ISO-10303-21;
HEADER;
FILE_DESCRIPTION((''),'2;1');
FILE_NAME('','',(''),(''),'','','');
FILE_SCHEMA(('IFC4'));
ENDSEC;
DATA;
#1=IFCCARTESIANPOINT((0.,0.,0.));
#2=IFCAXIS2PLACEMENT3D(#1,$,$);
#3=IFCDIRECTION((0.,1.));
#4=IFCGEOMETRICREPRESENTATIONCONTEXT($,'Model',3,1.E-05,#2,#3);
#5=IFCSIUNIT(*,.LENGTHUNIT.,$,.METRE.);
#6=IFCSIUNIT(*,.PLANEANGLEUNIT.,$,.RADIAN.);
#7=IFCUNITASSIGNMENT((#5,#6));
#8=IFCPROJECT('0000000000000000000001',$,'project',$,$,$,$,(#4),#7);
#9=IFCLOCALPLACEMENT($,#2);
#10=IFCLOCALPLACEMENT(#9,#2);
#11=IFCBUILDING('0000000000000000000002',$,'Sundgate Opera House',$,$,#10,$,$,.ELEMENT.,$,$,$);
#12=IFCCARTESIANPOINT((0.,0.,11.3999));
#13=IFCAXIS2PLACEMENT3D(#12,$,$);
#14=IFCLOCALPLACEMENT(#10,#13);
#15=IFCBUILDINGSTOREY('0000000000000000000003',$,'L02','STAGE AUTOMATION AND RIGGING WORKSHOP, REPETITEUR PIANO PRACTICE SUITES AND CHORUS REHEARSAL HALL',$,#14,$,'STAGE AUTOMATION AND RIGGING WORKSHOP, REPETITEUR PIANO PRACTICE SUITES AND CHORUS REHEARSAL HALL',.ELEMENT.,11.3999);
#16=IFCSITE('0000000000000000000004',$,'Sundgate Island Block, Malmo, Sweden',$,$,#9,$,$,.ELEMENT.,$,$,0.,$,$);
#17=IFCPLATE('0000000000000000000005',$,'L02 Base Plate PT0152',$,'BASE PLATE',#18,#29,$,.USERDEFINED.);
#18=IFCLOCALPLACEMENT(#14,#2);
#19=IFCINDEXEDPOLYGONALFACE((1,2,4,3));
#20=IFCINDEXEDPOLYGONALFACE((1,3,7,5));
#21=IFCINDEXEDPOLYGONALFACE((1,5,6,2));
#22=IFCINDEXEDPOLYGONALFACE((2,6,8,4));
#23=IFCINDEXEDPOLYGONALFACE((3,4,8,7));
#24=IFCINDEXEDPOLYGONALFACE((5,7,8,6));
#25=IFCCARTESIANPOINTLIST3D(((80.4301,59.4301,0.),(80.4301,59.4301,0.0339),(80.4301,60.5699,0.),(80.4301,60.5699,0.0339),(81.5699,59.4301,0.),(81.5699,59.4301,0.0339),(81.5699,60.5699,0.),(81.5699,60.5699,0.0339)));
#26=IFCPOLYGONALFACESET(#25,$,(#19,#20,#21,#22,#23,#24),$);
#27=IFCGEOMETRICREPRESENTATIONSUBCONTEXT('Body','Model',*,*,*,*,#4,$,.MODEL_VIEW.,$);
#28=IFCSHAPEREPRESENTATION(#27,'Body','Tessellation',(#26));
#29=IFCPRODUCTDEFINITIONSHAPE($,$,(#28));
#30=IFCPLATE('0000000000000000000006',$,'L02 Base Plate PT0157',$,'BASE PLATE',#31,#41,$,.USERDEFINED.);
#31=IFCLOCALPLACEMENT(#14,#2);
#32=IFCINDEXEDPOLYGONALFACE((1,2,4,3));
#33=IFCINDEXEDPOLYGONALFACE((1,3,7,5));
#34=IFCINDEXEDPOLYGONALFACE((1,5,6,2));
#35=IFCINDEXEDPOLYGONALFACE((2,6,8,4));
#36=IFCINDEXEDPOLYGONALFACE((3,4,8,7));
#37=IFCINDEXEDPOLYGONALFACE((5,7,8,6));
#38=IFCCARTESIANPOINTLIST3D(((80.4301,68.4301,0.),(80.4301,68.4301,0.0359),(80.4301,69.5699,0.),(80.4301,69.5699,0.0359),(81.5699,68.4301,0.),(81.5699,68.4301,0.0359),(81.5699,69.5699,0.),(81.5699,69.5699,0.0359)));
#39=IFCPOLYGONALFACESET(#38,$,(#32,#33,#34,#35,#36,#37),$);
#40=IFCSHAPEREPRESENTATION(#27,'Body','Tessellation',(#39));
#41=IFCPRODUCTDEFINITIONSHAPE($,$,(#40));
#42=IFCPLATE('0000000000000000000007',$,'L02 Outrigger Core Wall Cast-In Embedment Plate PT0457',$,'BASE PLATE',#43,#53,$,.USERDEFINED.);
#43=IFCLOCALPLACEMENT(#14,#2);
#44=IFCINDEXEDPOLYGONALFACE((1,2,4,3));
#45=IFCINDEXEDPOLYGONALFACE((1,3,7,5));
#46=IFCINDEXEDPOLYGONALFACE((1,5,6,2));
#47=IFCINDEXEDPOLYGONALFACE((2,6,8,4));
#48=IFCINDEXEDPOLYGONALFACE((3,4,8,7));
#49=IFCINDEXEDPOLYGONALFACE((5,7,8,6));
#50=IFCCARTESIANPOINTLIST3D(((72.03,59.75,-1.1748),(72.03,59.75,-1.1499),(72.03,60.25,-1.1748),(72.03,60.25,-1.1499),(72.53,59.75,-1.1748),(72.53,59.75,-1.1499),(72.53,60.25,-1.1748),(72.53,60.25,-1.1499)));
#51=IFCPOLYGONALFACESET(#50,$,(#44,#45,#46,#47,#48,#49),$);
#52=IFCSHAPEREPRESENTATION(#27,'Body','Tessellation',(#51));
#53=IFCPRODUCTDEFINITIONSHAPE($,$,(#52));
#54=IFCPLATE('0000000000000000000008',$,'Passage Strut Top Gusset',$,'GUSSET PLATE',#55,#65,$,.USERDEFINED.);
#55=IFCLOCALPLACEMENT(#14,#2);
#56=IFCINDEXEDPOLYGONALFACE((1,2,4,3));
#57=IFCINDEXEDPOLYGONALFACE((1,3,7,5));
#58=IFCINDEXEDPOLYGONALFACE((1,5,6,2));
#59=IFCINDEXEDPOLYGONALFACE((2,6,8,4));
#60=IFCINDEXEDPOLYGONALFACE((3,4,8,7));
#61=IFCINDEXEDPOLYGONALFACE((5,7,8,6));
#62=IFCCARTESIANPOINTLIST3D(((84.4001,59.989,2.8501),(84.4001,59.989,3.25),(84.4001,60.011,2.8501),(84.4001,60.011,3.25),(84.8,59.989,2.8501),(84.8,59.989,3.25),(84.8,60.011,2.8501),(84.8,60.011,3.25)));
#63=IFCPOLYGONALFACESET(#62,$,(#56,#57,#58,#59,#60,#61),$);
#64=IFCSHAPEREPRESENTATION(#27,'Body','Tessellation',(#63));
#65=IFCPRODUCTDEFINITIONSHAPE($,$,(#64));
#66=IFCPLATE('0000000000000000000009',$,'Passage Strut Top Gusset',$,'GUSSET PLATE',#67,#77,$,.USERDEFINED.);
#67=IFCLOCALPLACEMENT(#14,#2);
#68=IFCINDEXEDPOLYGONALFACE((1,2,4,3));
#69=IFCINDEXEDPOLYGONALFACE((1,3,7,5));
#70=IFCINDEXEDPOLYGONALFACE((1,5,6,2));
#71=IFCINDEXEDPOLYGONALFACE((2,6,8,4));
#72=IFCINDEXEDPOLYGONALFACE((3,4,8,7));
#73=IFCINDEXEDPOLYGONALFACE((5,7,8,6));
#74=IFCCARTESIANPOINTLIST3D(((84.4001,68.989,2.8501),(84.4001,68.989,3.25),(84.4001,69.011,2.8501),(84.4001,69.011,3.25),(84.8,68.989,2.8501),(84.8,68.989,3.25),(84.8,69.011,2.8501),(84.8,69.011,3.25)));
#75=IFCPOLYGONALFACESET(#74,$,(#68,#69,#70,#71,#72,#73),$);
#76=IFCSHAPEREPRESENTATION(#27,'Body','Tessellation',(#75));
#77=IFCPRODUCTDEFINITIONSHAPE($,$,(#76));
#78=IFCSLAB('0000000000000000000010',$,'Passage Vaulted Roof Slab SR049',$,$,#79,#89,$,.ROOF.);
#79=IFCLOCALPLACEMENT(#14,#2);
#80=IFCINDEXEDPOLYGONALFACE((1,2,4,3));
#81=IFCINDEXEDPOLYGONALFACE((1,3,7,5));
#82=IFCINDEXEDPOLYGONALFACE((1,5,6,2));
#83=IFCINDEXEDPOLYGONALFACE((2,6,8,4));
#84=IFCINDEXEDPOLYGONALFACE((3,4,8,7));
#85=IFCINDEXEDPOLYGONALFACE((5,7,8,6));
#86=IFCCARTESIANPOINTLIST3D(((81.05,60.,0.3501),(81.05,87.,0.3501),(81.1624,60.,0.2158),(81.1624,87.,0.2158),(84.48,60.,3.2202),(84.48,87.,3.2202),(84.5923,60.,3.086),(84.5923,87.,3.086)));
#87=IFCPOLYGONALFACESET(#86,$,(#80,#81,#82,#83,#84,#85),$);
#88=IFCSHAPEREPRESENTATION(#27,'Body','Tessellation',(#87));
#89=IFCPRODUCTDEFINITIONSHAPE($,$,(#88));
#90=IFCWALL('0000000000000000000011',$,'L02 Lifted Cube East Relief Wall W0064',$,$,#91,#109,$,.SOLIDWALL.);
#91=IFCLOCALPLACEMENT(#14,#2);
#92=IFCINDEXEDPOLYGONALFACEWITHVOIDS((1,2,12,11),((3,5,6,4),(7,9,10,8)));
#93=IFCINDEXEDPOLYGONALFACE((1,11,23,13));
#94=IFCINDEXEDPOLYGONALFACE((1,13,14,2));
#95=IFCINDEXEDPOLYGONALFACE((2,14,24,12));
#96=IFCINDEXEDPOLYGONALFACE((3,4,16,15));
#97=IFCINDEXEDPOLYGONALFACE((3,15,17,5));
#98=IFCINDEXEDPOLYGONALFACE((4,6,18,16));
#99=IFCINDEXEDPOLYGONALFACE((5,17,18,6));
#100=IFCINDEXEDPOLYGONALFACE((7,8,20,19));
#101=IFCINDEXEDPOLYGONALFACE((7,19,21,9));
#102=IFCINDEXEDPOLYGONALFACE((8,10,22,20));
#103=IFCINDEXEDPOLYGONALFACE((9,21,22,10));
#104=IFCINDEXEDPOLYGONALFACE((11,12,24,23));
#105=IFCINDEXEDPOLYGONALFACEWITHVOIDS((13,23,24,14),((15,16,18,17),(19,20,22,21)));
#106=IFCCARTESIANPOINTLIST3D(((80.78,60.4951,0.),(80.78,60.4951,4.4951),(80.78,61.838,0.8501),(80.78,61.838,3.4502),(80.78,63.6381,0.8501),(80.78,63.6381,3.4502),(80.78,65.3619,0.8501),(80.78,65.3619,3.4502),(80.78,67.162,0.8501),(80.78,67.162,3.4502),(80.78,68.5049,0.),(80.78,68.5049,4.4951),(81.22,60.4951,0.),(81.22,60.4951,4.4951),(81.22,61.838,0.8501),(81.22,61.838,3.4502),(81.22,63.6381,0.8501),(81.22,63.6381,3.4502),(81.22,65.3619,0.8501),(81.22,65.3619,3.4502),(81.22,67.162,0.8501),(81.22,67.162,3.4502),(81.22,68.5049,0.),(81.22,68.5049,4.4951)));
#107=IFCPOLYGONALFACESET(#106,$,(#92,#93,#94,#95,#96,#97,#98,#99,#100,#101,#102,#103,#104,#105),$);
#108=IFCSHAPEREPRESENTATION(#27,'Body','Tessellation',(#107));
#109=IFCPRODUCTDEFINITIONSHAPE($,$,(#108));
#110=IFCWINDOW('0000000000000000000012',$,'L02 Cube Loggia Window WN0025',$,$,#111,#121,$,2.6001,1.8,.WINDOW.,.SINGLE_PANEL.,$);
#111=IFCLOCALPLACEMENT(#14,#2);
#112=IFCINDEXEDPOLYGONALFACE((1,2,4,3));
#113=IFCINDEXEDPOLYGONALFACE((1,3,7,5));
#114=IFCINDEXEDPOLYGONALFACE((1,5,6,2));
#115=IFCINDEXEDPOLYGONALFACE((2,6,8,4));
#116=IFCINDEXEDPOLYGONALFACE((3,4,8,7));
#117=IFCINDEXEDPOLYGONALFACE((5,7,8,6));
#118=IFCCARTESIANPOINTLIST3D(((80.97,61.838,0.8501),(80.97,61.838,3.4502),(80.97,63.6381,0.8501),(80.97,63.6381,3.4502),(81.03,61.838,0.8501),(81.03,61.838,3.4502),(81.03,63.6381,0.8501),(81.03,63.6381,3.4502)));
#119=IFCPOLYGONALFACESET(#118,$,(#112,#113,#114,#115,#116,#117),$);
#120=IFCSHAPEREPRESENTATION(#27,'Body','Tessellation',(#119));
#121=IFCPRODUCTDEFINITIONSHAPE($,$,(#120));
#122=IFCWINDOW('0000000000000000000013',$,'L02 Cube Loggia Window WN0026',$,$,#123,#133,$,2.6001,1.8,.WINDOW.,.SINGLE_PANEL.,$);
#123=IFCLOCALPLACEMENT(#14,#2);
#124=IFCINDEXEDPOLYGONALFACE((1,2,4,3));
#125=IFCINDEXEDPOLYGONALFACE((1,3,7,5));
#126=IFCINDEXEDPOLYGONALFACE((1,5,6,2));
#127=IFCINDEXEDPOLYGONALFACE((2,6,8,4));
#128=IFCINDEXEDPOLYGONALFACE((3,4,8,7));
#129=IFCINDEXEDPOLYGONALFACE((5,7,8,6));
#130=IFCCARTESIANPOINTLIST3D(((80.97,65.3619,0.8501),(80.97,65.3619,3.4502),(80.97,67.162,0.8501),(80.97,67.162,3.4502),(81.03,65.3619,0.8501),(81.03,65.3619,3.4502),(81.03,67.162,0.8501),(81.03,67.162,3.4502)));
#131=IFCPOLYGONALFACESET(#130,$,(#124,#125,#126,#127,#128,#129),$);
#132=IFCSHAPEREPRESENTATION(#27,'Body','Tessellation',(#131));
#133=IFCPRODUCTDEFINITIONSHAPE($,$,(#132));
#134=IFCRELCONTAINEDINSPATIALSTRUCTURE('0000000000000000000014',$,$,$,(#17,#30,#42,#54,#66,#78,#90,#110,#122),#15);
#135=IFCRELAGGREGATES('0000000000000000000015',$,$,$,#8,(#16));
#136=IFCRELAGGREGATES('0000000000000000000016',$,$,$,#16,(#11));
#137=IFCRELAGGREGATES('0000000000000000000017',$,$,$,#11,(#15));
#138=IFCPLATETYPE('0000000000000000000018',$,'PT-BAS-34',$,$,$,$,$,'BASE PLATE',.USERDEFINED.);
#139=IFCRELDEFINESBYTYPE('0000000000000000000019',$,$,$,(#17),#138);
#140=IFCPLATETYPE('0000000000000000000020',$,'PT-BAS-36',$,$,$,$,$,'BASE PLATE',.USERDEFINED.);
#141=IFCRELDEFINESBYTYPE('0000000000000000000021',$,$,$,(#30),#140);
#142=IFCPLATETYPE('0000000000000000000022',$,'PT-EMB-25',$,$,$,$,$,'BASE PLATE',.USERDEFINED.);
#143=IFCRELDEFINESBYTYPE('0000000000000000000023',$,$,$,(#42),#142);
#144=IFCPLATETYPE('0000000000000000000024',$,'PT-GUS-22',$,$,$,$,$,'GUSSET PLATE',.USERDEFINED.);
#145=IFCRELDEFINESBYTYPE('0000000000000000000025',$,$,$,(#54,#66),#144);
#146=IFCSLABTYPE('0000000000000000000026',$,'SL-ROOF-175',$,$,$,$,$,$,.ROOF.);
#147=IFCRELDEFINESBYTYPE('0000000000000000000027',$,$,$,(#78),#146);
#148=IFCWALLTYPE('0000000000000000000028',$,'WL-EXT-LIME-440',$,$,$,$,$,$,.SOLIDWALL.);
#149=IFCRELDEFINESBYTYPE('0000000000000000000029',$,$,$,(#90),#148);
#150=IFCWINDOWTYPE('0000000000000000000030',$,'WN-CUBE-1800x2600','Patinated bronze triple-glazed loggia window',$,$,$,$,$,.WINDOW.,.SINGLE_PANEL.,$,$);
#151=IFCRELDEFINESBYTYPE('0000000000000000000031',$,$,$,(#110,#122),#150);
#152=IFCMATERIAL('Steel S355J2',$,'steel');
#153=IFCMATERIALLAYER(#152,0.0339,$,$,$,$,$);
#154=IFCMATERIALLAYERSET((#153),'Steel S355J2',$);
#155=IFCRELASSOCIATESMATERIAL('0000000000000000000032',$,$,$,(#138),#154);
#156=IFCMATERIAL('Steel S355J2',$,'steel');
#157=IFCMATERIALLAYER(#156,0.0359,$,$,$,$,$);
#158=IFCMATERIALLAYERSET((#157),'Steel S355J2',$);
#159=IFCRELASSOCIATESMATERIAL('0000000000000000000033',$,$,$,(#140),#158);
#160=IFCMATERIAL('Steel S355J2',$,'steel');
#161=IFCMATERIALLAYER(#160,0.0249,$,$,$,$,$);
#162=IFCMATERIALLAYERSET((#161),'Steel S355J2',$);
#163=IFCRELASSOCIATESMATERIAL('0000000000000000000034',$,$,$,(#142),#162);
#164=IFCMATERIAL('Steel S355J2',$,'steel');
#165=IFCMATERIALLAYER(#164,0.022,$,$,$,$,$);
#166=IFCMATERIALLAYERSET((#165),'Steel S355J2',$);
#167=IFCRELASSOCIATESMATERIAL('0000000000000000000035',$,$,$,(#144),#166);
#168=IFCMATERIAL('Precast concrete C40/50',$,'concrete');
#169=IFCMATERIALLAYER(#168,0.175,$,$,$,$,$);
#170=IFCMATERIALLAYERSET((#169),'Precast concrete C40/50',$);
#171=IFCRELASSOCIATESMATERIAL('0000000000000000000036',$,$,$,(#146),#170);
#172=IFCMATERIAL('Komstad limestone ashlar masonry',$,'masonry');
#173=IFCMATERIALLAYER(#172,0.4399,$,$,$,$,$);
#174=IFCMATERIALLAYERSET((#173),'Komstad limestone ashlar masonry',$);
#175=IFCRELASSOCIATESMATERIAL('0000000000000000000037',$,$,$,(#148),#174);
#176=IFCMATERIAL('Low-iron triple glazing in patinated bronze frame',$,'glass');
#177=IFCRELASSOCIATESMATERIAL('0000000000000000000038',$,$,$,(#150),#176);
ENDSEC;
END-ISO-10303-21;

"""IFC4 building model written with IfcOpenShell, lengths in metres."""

from ifc_helpers import new_model, si_unit, direction, frame, frame_2d, origin, origin_2d, place, context, subcontext, project, spatial, polyline, rectangle, outline, extrude, material, layer, layer_set, type_object, element, fill, save


model = new_model("IFC4")

# Units and contexts
model_context = context("Model", 3, precision=1e-05, world=origin(), true_north=direction((0.0, 1.0)))
body_context = subcontext(model_context, "Body", "Model", "MODEL_VIEW")
ifc_project = project(units=[si_unit("LENGTHUNIT", "METRE"), si_unit("PLANEANGLEUNIT", "RADIAN")], contexts=[model_context])

# Site, building, storey
site_placement = place(None, origin())
site = spatial("IfcSite", under=ifc_project, at=site_placement, Name="Sundgate Island Block, Malmo, Sweden", CompositionType="ELEMENT", RefElevation=0.0)
building_placement = place(site_placement, origin())
building = spatial("IfcBuilding", under=site, at=building_placement, Name="Sundgate Opera House", CompositionType="ELEMENT")
storey_placement = place(building_placement, frame((0.0, 0.0, 11.3999)))
storey = spatial("IfcBuildingStorey", under=building, at=storey_placement, Name="L02", Description="STAGE AUTOMATION AND RIGGING WORKSHOP, REPETITEUR PIANO PRACTICE SUITES AND CHORUS REHEARSAL HALL", LongName="STAGE AUTOMATION AND RIGGING WORKSHOP, REPETITEUR PIANO PRACTICE SUITES AND CHORUS REHEARSAL HALL", CompositionType="ELEMENT", Elevation=11.3999)

# Plates
ifc_material_1 = material(Name="Steel S355J2", Category="steel")
ifc_layer_1 = layer(ifc_material_1, 0.0339)
ifc_layer_set_1 = layer_set([ifc_layer_1], Name="Steel S355J2")
plate_type_1 = type_object("IfcPlateType", Name="PT-BAS-34", ElementType="BASE PLATE", PredefinedType="USERDEFINED", material=ifc_layer_set_1)
plate_1_placement = place(storey_placement, frame((81.0, 60.0, 0.0), z_axis=(0.0, 0.0, 1.0), x_axis=(1.0, 0.0, 0.0)))
element("IfcPlate", 1, at=plate_1_placement, inside=storey, type_object=plate_type_1, Name="L02 Base Plate PT0152", ObjectType="BASE PLATE", PredefinedType="USERDEFINED", context=body_context, shape_type="SweptSolid", body=[
    extrude(rectangle(XDim=1.1399, YDim=1.1399, at=origin_2d()), origin(), (0.0, 0.0, 1.0), 0.0339),
])
ifc_material_2 = material(Name="Steel S355J2", Category="steel")
ifc_layer_2 = layer(ifc_material_2, 0.0359)
ifc_layer_set_2 = layer_set([ifc_layer_2], Name="Steel S355J2")
plate_type_2 = type_object("IfcPlateType", Name="PT-BAS-36", ElementType="BASE PLATE", PredefinedType="USERDEFINED", material=ifc_layer_set_2)
plate_2_placement = place(storey_placement, frame((81.0, 69.0, 0.0), z_axis=(0.0, 0.0, 1.0), x_axis=(1.0, 0.0, 0.0)))
element("IfcPlate", 2, at=plate_2_placement, inside=storey, type_object=plate_type_2, Name="L02 Base Plate PT0157", ObjectType="BASE PLATE", PredefinedType="USERDEFINED", context=body_context, shape_type="SweptSolid", body=[
    extrude(rectangle(XDim=1.1399, YDim=1.1399, at=origin_2d()), origin(), (0.0, 0.0, 1.0), 0.0359),
])
ifc_material_3 = material(Name="Steel S355J2", Category="steel")
ifc_layer_3 = layer(ifc_material_3, 0.0249)
ifc_layer_set_3 = layer_set([ifc_layer_3], Name="Steel S355J2")
plate_type_3 = type_object("IfcPlateType", Name="PT-EMB-25", ElementType="BASE PLATE", PredefinedType="USERDEFINED", material=ifc_layer_set_3)
plate_3_placement = place(storey_placement, frame((72.28, 60.0, -1.1748), z_axis=(0.0, 0.0, 1.0), x_axis=(1.0, 0.0, 0.0)))
element("IfcPlate", 3, at=plate_3_placement, inside=storey, type_object=plate_type_3, Name="L02 Outrigger Core Wall Cast-In Embedment Plate PT0457", ObjectType="BASE PLATE", PredefinedType="USERDEFINED", context=body_context, shape_type="SweptSolid", body=[
    extrude(rectangle(XDim=0.5, YDim=0.5, at=origin_2d()), origin(), (0.0, 0.0, 1.0), 0.0249),
])
ifc_material_4 = material(Name="Steel S355J2", Category="steel")
ifc_layer_4 = layer(ifc_material_4, 0.022)
ifc_layer_set_4 = layer_set([ifc_layer_4], Name="Steel S355J2")
plate_type_4 = type_object("IfcPlateType", Name="PT-GUS-22", ElementType="GUSSET PLATE", PredefinedType="USERDEFINED", material=ifc_layer_set_4)
for number, where, z_axis, x_axis, name in (
    (4, (84.6001, 60.0, 2.8501), (0.0, 0.0, 1.0), (1.0, 0.0, 0.0), "Passage Strut Top Gusset"),
    (5, (84.6001, 69.0, 2.8501), (0.0, 0.0, 1.0), (1.0, 0.0, 0.0), "Passage Strut Top Gusset"),
):
    element("IfcPlate", number, at=place(storey_placement, frame(where, z_axis=z_axis, x_axis=x_axis)), inside=storey, type_object=plate_type_4, Name=name, ObjectType="GUSSET PLATE", PredefinedType="USERDEFINED", context=body_context, shape_type="SweptSolid", body=[
        extrude(rectangle(XDim=0.3999, YDim=0.022, at=origin_2d()), origin(), (0.0, 0.0, 1.0), 0.3999),
    ])

# Slab
ifc_material_5 = material(Name="Precast concrete C40/50", Category="concrete")
ifc_layer_5 = layer(ifc_material_5, 0.175)
ifc_layer_set_5 = layer_set([ifc_layer_5], Name="Precast concrete C40/50")
slab_type = type_object("IfcSlabType", Name="SL-ROOF-175", PredefinedType="ROOF", material=ifc_layer_set_5)
slab_placement = place(storey_placement, frame((81.05, 60.0, 0.3501), z_axis=(-0.641746, 0.0, 0.766918), x_axis=(0.766918, 0.0, 0.641746)))
element("IfcSlab", 6, at=slab_placement, inside=storey, type_object=slab_type, Name="Passage Vaulted Roof Slab SR049", PredefinedType="ROOF", context=body_context, shape_type="SweptSolid", body=[
    extrude(outline(polyline([(0.0, 0.0), (4.4724, 0.0), (4.4724, 27.0), (0.0, 27.0), (0.0, 0.0)])), origin(), (0.0, 0.0, -1.0), 0.175),
])

# Wall, openings, windows
ifc_material_6 = material(Name="Komstad limestone ashlar masonry", Category="masonry")
ifc_layer_6 = layer(ifc_material_6, 0.4399)
ifc_layer_set_6 = layer_set([ifc_layer_6], Name="Komstad limestone ashlar masonry")
wall_type = type_object("IfcWallType", Name="WL-EXT-LIME-440", PredefinedType="SOLIDWALL", material=ifc_layer_set_6)
wall_1_placement = place(storey_placement, frame((81.0, 60.4951, 0.0), z_axis=(0.0, 0.0, 1.0), x_axis=(0.0, 1.0, 0.0)))
wall_1 = element("IfcWall", 7, at=wall_1_placement, inside=storey, type_object=wall_type, Name="L02 Lifted Cube East Relief Wall W0064", PredefinedType="SOLIDWALL", context=body_context, shape_type="SweptSolid", body=[
    extrude(rectangle(XDim=8.0098, YDim=0.4399, at=frame_2d((4.0049, 0.0))), origin(), (0.0, 0.0, 1.0), 4.4951),
])
opening_1_placement = place(wall_1_placement, frame((1.343, 0.0, 0.8501)))
opening_1 = element("IfcOpeningElement", 8, at=opening_1_placement, cuts=wall_1, PredefinedType="OPENING", context=body_context, shape_type="SweptSolid", body=[
    extrude(rectangle(XDim=1.8, YDim=2.6001, at=frame_2d((0.8999, 1.3))), frame((0.0, 0.23, 0.0), z_axis=(0.0, -1.0, 0.0), x_axis=(1.0, 0.0, 0.0)), (0.0, 0.0, 1.0), 0.46),
])
opening_2_placement = place(wall_1_placement, frame((4.8669, 0.0, 0.8501)))
opening_2 = element("IfcOpeningElement", 9, at=opening_2_placement, cuts=wall_1, PredefinedType="OPENING", context=body_context, shape_type="SweptSolid", body=[
    extrude(rectangle(XDim=1.8, YDim=2.6001, at=frame_2d((0.8999, 1.3))), frame((0.0, 0.23, 0.0), z_axis=(0.0, -1.0, 0.0), x_axis=(1.0, 0.0, 0.0)), (0.0, 0.0, 1.0), 0.46),
])
ifc_material_7 = material(Name="Low-iron triple glazing in patinated bronze frame", Category="glass")
window_type = type_object("IfcWindowType", Name="WN-CUBE-1800x2600", Description="Patinated bronze triple-glazed loggia window", PartitioningType="SINGLE_PANEL", PredefinedType="WINDOW", material=ifc_material_7)
window_1_placement = place(opening_1_placement, origin())
window_1 = element("IfcWindow", 10, at=window_1_placement, inside=storey, type_object=window_type, Name="L02 Cube Loggia Window WN0025", OverallHeight=2.6001, OverallWidth=1.8, PartitioningType="SINGLE_PANEL", PredefinedType="WINDOW", context=body_context, shape_type="SweptSolid", body=[
    extrude(rectangle(XDim=1.8, YDim=2.6001, at=frame_2d((0.8999, 1.3))), frame((0.0, 0.03, 0.0), z_axis=(0.0, -1.0, 0.0), x_axis=(1.0, 0.0, 0.0)), (0.0, 0.0, 1.0), 0.0601),
])
fill(opening_1, window_1)
window_2_placement = place(opening_2_placement, origin())
window_2 = element("IfcWindow", 11, at=window_2_placement, inside=storey, type_object=window_type, Name="L02 Cube Loggia Window WN0026", OverallHeight=2.6001, OverallWidth=1.8, PartitioningType="SINGLE_PANEL", PredefinedType="WINDOW", context=body_context, shape_type="SweptSolid", body=[
    extrude(rectangle(XDim=1.8, YDim=2.6001, at=frame_2d((0.8999, 1.3))), frame((0.0, 0.03, 0.0), z_axis=(0.0, -1.0, 0.0), x_axis=(1.0, 0.0, 0.0)), (0.0, 0.0, 1.0), 0.0601),
])
fill(opening_2, window_2)

save(model, "model.ifc")
